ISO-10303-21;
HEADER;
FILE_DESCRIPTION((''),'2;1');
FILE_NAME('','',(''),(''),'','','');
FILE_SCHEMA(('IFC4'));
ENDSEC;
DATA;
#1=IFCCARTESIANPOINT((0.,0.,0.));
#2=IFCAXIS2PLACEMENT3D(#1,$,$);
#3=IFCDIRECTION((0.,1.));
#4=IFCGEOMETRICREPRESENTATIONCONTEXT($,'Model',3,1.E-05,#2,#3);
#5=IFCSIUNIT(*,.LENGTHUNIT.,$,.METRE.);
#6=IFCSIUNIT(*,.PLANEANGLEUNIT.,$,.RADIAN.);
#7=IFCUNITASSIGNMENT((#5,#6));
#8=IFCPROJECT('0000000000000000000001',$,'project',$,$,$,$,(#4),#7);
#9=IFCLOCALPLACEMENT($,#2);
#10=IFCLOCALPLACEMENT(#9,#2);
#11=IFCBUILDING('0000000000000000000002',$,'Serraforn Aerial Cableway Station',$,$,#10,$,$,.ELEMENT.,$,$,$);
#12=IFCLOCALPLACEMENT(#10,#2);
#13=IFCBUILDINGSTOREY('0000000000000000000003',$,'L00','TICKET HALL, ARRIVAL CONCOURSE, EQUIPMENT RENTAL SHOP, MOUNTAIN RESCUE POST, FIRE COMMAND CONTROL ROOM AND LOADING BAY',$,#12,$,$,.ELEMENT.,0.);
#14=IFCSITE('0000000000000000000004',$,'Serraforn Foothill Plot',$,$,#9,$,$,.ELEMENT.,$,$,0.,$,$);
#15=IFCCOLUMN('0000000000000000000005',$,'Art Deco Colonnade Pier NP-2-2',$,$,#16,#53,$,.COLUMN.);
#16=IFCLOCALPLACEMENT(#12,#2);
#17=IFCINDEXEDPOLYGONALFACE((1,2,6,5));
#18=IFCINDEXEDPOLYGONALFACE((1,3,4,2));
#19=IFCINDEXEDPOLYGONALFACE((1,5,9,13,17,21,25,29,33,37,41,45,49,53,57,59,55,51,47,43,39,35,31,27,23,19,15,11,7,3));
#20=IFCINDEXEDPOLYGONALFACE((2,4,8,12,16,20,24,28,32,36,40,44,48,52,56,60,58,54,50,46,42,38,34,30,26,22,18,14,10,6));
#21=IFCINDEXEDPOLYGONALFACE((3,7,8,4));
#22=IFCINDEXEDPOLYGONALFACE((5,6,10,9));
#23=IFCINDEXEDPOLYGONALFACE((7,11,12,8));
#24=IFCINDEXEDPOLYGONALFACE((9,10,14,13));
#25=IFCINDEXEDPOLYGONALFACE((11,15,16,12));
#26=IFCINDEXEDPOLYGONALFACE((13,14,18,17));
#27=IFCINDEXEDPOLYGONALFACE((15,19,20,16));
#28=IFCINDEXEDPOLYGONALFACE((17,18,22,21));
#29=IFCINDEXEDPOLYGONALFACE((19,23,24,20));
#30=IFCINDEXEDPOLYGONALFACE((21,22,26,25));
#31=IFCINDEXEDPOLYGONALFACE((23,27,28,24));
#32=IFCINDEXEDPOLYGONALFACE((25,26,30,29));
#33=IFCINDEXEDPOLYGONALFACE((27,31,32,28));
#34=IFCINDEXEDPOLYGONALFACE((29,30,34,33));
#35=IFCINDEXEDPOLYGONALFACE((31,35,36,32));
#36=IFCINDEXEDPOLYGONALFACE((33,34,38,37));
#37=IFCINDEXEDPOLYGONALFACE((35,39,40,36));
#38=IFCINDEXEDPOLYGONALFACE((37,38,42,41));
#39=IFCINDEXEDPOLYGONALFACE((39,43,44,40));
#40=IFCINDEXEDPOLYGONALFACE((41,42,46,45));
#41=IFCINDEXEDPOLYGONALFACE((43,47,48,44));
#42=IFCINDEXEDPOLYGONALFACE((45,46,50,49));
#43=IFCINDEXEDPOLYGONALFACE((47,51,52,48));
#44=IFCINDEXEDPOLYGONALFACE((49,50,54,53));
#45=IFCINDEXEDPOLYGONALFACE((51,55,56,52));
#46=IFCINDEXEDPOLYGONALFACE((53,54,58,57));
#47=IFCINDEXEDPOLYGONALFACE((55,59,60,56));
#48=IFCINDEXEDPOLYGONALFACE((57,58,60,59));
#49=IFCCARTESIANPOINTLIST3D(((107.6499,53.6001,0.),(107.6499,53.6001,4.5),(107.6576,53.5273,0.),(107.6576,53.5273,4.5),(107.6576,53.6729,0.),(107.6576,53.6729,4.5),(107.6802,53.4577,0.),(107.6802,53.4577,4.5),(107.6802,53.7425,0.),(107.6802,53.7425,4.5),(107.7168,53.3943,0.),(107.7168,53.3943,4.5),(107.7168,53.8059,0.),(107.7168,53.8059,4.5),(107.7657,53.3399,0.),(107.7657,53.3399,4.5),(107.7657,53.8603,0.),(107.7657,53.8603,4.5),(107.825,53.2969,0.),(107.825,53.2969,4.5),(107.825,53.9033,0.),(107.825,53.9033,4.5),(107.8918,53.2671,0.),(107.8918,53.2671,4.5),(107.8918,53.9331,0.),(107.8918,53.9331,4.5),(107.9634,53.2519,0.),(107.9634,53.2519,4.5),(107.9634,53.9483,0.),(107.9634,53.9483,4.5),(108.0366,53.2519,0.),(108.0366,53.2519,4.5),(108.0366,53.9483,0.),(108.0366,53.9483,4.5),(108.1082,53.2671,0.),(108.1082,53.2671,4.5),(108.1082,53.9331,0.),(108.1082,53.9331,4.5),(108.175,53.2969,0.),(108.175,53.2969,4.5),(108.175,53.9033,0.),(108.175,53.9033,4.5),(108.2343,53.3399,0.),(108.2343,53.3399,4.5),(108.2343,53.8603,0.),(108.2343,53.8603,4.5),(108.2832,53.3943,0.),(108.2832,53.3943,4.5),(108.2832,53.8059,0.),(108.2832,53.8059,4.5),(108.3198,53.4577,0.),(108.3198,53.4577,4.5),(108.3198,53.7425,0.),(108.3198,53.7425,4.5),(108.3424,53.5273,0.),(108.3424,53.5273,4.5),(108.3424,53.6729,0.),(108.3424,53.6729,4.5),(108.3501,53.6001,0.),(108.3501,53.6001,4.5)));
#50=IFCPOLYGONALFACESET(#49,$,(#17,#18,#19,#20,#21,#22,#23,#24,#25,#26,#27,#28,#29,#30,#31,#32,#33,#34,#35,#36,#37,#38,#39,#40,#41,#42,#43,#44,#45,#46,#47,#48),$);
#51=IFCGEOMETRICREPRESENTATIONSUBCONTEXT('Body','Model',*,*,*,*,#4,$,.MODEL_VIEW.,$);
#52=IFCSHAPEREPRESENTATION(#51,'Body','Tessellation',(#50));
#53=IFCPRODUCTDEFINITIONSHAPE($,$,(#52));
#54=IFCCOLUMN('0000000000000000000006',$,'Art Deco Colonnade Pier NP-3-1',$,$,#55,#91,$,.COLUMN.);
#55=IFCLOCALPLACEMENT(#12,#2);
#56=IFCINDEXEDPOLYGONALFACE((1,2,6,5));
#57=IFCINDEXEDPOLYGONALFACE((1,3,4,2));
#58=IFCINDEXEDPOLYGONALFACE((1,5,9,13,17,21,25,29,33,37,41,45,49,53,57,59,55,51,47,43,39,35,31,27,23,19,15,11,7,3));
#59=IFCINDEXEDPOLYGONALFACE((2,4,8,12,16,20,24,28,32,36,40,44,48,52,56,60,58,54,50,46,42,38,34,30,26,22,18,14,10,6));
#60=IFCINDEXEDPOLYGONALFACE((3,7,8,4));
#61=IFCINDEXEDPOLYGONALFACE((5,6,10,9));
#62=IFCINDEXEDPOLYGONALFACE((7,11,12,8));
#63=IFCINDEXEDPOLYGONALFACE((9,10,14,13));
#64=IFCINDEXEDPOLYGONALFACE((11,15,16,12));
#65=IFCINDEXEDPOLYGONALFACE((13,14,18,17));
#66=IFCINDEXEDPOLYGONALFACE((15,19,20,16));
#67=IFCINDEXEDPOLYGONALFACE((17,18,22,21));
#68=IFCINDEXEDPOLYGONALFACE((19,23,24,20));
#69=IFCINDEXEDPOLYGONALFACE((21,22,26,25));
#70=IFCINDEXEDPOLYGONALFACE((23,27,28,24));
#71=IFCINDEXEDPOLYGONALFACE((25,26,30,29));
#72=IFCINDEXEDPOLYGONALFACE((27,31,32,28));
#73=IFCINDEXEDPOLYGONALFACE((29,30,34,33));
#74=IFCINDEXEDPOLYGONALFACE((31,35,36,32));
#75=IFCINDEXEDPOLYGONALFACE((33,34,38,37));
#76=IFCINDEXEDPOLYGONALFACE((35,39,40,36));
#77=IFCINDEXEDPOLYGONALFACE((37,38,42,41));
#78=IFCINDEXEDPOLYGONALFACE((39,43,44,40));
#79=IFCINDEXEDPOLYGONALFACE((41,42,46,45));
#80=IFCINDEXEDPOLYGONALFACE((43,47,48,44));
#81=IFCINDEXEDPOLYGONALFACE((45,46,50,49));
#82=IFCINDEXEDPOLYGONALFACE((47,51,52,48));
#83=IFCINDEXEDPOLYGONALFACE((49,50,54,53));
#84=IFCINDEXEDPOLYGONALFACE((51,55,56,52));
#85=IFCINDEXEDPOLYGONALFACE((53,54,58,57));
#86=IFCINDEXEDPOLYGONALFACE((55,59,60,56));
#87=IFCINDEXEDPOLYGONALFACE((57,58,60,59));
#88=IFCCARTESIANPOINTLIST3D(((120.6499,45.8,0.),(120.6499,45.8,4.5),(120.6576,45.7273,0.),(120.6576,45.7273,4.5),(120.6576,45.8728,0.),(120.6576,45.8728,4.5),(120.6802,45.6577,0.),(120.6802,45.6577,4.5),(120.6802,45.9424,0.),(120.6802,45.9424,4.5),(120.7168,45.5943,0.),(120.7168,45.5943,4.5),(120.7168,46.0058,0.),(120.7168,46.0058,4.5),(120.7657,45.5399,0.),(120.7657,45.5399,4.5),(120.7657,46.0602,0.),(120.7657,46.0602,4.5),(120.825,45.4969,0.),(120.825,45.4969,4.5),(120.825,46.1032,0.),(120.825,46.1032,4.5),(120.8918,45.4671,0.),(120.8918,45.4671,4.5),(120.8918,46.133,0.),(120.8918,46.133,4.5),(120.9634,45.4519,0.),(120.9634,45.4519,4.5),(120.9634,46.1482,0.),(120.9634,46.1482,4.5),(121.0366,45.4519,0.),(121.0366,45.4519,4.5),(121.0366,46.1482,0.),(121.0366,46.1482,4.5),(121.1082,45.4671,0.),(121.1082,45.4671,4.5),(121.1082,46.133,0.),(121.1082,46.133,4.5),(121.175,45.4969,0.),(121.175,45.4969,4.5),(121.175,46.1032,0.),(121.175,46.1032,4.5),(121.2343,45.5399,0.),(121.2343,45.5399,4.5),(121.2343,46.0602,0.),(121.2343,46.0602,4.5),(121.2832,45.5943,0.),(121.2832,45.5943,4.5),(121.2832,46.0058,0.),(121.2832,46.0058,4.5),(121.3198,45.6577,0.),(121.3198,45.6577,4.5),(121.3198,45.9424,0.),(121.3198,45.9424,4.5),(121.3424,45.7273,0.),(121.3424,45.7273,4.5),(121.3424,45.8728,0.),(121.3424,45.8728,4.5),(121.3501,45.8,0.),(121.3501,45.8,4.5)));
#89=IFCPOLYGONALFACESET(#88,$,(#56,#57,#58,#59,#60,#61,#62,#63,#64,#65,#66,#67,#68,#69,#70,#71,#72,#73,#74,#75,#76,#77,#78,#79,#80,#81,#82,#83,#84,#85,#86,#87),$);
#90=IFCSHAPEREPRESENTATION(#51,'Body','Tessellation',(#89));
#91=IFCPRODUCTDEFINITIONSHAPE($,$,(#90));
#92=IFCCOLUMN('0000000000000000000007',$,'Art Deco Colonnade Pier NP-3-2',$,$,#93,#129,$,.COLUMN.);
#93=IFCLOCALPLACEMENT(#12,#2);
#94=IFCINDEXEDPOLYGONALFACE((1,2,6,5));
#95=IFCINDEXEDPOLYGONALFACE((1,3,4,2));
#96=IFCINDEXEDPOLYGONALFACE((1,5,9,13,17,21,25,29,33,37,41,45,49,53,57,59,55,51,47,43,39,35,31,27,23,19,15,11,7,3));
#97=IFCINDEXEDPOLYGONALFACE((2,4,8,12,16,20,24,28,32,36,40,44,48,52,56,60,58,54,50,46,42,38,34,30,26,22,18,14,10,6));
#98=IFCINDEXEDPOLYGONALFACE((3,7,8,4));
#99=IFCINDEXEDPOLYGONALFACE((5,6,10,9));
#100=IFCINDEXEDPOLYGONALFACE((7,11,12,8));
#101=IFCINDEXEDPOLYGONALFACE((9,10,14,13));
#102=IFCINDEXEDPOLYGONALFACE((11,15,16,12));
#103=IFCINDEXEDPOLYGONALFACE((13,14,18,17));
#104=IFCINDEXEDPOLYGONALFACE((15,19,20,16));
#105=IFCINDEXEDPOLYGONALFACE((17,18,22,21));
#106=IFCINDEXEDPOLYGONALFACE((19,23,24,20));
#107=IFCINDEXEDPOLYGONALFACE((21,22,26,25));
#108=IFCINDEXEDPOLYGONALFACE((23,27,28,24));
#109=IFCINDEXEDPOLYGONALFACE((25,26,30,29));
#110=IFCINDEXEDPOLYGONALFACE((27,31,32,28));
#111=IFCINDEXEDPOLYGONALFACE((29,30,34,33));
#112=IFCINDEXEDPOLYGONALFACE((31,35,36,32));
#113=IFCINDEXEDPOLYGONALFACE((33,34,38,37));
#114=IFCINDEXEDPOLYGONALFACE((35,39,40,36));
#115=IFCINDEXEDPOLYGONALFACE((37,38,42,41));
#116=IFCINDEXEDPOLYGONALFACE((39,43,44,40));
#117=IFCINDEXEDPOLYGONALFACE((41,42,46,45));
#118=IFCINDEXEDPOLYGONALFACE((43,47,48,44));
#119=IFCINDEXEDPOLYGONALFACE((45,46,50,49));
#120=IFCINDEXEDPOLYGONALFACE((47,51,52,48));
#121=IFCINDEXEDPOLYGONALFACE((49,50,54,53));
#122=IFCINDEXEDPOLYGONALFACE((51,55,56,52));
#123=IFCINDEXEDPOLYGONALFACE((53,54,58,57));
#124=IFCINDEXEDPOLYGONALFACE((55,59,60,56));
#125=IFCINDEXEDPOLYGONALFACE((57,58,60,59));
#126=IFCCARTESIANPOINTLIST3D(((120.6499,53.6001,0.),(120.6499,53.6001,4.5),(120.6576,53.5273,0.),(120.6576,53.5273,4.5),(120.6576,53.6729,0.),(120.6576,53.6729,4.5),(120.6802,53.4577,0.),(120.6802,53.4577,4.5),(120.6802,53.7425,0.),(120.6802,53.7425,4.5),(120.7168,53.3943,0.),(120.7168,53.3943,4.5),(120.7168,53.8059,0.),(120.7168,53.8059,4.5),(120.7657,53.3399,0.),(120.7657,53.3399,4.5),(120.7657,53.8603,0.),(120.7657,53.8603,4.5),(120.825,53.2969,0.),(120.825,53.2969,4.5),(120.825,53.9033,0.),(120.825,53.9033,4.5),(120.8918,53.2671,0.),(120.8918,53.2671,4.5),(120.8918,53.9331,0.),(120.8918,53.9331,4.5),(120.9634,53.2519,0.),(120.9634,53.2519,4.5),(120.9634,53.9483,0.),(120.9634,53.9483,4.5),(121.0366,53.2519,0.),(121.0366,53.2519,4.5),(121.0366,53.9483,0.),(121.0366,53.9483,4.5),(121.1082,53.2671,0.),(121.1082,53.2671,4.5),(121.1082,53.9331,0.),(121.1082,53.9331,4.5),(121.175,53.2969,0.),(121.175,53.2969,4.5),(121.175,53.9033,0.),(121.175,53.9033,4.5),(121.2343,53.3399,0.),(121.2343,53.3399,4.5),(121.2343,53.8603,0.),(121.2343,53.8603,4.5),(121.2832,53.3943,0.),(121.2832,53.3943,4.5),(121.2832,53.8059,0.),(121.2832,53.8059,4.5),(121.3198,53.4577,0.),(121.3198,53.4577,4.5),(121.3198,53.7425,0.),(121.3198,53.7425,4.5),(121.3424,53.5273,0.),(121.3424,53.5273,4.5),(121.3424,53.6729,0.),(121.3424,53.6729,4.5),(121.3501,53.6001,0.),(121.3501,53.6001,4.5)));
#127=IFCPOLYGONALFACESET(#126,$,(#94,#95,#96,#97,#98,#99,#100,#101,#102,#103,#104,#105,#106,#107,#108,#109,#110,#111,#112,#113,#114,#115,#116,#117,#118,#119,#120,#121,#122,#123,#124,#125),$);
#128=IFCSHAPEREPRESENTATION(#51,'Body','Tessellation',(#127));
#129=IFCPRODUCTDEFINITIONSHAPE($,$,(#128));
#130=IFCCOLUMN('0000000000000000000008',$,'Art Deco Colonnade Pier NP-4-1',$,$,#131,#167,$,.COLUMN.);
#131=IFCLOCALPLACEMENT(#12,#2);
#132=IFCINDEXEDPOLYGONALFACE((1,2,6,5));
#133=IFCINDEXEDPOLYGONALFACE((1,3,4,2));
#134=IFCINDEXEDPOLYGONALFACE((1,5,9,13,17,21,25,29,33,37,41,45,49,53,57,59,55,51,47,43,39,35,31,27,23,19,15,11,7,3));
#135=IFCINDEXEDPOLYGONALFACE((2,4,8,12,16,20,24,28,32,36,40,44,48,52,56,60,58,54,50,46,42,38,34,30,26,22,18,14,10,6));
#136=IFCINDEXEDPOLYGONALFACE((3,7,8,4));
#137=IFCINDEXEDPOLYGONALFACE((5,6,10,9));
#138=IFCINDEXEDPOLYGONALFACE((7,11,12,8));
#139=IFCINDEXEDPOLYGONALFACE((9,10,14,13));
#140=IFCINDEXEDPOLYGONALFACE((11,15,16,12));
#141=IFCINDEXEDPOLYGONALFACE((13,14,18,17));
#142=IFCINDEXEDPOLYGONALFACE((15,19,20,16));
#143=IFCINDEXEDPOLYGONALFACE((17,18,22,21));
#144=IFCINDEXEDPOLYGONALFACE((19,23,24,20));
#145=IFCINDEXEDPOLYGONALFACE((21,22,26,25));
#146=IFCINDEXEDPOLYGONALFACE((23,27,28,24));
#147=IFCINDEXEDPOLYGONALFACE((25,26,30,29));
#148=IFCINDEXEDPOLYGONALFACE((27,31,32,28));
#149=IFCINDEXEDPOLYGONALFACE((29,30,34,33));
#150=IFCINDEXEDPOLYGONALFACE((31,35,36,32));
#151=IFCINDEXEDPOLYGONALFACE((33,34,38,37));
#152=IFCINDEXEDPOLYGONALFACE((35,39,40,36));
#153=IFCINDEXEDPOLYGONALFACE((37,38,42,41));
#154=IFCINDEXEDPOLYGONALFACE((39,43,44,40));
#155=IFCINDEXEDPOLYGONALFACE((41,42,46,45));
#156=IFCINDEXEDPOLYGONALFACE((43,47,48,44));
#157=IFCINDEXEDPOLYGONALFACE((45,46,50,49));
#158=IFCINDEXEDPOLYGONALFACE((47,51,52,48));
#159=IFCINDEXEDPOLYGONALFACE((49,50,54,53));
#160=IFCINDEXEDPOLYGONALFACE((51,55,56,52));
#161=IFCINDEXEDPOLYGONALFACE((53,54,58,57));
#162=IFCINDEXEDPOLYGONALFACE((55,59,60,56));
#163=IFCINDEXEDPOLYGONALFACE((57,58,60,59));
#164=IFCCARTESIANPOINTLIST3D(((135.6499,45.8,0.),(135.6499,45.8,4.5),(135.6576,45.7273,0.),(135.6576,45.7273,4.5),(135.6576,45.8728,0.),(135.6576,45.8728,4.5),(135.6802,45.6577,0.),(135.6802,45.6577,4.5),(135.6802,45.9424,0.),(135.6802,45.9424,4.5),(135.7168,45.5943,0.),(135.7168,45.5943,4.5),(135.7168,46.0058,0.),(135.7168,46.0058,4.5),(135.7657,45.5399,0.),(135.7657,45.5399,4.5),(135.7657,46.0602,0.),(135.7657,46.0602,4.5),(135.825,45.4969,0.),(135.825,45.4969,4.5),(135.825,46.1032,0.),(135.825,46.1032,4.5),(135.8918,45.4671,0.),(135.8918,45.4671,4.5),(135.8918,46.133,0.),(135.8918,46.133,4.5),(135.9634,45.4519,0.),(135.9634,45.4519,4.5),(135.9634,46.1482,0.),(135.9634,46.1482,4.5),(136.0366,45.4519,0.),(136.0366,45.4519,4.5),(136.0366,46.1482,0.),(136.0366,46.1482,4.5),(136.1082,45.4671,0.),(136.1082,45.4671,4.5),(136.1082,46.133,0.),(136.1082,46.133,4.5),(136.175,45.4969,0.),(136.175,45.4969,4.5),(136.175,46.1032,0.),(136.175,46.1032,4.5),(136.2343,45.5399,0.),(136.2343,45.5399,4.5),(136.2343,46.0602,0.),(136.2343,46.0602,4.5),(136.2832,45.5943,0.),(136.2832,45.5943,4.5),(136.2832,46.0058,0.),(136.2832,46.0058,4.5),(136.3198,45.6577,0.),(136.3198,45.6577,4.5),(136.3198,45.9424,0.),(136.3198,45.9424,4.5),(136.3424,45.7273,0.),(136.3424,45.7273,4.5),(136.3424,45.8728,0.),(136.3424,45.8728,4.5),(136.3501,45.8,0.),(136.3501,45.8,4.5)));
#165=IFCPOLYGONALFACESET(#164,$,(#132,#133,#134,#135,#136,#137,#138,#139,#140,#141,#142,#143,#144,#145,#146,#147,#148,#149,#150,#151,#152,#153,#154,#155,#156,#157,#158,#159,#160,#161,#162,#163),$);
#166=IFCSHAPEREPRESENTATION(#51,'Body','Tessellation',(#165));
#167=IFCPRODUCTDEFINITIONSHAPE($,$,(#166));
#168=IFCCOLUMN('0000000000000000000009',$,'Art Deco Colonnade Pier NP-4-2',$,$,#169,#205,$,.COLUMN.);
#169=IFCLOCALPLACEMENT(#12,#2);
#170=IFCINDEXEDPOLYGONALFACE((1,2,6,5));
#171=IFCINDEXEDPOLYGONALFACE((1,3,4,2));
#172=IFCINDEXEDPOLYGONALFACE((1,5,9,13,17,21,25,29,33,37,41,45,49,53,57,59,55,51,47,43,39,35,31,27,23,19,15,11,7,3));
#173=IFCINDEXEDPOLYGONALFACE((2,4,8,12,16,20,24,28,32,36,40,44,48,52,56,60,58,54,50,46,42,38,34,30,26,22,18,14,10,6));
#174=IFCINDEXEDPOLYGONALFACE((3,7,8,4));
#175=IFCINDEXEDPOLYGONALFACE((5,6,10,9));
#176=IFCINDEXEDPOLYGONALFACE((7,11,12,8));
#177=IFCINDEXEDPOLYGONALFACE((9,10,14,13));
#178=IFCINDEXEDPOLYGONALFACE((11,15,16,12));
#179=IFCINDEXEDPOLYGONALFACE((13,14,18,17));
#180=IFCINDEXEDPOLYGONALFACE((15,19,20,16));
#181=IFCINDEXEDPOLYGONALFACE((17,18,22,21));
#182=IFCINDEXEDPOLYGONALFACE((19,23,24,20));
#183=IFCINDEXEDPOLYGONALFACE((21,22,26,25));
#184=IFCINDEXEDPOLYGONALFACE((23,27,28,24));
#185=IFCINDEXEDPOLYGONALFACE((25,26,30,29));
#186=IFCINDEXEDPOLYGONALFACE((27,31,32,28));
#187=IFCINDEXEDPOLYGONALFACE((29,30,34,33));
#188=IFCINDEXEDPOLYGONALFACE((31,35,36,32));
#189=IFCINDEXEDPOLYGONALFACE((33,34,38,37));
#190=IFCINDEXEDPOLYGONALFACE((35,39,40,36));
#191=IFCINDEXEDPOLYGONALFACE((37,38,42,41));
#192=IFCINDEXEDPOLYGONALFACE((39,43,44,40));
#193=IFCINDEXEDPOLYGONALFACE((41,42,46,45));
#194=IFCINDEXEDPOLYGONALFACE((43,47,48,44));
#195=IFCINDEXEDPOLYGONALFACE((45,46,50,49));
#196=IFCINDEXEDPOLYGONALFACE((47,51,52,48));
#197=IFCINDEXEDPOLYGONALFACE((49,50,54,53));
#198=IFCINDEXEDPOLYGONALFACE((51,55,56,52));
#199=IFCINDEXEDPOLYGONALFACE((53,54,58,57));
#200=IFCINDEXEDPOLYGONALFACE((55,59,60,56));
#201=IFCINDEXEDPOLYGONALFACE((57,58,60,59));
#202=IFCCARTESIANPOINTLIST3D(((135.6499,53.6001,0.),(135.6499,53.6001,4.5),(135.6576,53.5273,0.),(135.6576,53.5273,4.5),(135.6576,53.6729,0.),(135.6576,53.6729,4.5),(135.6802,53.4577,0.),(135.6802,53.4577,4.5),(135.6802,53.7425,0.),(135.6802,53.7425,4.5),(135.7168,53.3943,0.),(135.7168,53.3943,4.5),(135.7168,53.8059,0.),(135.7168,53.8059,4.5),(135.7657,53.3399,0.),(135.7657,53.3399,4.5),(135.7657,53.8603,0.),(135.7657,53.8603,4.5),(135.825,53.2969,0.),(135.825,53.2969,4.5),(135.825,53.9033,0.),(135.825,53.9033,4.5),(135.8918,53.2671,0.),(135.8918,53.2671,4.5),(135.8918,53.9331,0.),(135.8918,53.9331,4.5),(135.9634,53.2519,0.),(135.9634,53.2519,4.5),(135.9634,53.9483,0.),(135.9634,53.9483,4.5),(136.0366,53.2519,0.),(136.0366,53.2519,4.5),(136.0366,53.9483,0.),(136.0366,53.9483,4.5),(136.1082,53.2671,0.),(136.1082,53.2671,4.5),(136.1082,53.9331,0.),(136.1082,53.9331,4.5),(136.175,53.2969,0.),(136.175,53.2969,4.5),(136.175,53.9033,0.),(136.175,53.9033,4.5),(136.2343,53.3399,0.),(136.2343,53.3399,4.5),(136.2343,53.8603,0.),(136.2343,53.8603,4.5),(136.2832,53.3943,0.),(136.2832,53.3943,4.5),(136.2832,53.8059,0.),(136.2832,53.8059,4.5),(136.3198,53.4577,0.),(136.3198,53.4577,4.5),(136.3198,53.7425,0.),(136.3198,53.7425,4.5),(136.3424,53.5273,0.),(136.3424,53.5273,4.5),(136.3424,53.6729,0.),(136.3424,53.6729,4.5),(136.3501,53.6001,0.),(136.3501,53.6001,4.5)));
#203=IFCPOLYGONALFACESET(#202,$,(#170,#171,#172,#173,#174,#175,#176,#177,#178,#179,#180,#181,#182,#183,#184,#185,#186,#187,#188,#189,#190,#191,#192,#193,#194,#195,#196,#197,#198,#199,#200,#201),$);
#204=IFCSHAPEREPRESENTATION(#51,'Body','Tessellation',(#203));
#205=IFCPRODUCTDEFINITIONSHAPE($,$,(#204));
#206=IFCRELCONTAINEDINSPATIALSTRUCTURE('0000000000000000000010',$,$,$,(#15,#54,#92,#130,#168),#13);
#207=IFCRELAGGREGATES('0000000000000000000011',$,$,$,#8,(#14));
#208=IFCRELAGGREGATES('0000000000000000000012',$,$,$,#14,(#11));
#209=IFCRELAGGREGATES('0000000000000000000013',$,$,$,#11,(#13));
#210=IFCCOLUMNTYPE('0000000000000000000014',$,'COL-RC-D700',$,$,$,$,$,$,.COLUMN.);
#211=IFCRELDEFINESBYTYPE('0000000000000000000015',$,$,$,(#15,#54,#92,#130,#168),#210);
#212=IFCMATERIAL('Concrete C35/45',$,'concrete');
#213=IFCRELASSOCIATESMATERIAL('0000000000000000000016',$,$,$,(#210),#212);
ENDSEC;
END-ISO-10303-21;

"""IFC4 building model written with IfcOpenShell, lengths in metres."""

from ifc_helpers import new_model, si_unit, direction, frame, origin, origin_2d, place, context, subcontext, project, spatial, circle, extrude, material, material_profile, profile_set, type_object, element, save


model = new_model("IFC4")

# Units and contexts
model_context = context("Model", 3, precision=1e-05, world=origin(), true_north=direction((0.0, 1.0)))
body_context = subcontext(model_context, "Body", "Model", "MODEL_VIEW")
ifc_project = project(units=[si_unit("LENGTHUNIT", "METRE"), si_unit("PLANEANGLEUNIT", "RADIAN")], contexts=[model_context])

# Site, building, storey
site_placement = place(None, origin())
site = spatial("IfcSite", under=ifc_project, at=site_placement, Name="Serraforn Foothill Plot", CompositionType="ELEMENT", RefElevation=0.0)
building_placement = place(site_placement, origin())
building = spatial("IfcBuilding", under=site, at=building_placement, Name="Serraforn Aerial Cableway Station", CompositionType="ELEMENT")
storey_placement = place(building_placement, origin())
storey = spatial("IfcBuildingStorey", under=building, at=storey_placement, Name="L00", Description="TICKET HALL, ARRIVAL CONCOURSE, EQUIPMENT RENTAL SHOP, MOUNTAIN RESCUE POST, FIRE COMMAND CONTROL ROOM AND LOADING BAY", CompositionType="ELEMENT", Elevation=0.0)

# Shared definitions
ifc_material = material(Name="Concrete C35/45", Category="concrete")

# Columns
ifc_material_profile = material_profile(ifc_material, circle(Radius=0.3501, at=origin_2d()), Name="RC D700")
ifc_profile_set = profile_set([ifc_material_profile], Name="Concrete C35/45")
column_type = type_object("IfcColumnType", Name="COL-RC-D700", PredefinedType="COLUMN", material=ifc_profile_set)
for number, where, z_axis, x_axis, name in (
    (1, (108.0, 53.6001, 0.0), (0.0, 0.0, 1.0), (1.0, 0.0, 0.0), "Art Deco Colonnade Pier NP-2-2"),
    (2, (121.0, 45.8, 0.0), (0.0, 0.0, 1.0), (1.0, 0.0, 0.0), "Art Deco Colonnade Pier NP-3-1"),
    (3, (121.0, 53.6001, 0.0), (0.0, 0.0, 1.0), (1.0, 0.0, 0.0), "Art Deco Colonnade Pier NP-3-2"),
    (4, (136.0, 45.8, 0.0), (0.0, 0.0, 1.0), (1.0, 0.0, 0.0), "Art Deco Colonnade Pier NP-4-1"),
    (5, (136.0, 53.6001, 0.0), (0.0, 0.0, 1.0), (1.0, 0.0, 0.0), "Art Deco Colonnade Pier NP-4-2"),
):
    element("IfcColumn", number, at=place(storey_placement, frame(where, z_axis=z_axis, x_axis=x_axis)), inside=storey, type_object=column_type, Name=name, PredefinedType="COLUMN", context=body_context, shape_type="SweptSolid", body=[
        extrude(circle(Radius=0.3501, at=origin_2d()), origin(), (0.0, 0.0, 1.0), 4.5),
    ])

save(model, "model.ifc")
